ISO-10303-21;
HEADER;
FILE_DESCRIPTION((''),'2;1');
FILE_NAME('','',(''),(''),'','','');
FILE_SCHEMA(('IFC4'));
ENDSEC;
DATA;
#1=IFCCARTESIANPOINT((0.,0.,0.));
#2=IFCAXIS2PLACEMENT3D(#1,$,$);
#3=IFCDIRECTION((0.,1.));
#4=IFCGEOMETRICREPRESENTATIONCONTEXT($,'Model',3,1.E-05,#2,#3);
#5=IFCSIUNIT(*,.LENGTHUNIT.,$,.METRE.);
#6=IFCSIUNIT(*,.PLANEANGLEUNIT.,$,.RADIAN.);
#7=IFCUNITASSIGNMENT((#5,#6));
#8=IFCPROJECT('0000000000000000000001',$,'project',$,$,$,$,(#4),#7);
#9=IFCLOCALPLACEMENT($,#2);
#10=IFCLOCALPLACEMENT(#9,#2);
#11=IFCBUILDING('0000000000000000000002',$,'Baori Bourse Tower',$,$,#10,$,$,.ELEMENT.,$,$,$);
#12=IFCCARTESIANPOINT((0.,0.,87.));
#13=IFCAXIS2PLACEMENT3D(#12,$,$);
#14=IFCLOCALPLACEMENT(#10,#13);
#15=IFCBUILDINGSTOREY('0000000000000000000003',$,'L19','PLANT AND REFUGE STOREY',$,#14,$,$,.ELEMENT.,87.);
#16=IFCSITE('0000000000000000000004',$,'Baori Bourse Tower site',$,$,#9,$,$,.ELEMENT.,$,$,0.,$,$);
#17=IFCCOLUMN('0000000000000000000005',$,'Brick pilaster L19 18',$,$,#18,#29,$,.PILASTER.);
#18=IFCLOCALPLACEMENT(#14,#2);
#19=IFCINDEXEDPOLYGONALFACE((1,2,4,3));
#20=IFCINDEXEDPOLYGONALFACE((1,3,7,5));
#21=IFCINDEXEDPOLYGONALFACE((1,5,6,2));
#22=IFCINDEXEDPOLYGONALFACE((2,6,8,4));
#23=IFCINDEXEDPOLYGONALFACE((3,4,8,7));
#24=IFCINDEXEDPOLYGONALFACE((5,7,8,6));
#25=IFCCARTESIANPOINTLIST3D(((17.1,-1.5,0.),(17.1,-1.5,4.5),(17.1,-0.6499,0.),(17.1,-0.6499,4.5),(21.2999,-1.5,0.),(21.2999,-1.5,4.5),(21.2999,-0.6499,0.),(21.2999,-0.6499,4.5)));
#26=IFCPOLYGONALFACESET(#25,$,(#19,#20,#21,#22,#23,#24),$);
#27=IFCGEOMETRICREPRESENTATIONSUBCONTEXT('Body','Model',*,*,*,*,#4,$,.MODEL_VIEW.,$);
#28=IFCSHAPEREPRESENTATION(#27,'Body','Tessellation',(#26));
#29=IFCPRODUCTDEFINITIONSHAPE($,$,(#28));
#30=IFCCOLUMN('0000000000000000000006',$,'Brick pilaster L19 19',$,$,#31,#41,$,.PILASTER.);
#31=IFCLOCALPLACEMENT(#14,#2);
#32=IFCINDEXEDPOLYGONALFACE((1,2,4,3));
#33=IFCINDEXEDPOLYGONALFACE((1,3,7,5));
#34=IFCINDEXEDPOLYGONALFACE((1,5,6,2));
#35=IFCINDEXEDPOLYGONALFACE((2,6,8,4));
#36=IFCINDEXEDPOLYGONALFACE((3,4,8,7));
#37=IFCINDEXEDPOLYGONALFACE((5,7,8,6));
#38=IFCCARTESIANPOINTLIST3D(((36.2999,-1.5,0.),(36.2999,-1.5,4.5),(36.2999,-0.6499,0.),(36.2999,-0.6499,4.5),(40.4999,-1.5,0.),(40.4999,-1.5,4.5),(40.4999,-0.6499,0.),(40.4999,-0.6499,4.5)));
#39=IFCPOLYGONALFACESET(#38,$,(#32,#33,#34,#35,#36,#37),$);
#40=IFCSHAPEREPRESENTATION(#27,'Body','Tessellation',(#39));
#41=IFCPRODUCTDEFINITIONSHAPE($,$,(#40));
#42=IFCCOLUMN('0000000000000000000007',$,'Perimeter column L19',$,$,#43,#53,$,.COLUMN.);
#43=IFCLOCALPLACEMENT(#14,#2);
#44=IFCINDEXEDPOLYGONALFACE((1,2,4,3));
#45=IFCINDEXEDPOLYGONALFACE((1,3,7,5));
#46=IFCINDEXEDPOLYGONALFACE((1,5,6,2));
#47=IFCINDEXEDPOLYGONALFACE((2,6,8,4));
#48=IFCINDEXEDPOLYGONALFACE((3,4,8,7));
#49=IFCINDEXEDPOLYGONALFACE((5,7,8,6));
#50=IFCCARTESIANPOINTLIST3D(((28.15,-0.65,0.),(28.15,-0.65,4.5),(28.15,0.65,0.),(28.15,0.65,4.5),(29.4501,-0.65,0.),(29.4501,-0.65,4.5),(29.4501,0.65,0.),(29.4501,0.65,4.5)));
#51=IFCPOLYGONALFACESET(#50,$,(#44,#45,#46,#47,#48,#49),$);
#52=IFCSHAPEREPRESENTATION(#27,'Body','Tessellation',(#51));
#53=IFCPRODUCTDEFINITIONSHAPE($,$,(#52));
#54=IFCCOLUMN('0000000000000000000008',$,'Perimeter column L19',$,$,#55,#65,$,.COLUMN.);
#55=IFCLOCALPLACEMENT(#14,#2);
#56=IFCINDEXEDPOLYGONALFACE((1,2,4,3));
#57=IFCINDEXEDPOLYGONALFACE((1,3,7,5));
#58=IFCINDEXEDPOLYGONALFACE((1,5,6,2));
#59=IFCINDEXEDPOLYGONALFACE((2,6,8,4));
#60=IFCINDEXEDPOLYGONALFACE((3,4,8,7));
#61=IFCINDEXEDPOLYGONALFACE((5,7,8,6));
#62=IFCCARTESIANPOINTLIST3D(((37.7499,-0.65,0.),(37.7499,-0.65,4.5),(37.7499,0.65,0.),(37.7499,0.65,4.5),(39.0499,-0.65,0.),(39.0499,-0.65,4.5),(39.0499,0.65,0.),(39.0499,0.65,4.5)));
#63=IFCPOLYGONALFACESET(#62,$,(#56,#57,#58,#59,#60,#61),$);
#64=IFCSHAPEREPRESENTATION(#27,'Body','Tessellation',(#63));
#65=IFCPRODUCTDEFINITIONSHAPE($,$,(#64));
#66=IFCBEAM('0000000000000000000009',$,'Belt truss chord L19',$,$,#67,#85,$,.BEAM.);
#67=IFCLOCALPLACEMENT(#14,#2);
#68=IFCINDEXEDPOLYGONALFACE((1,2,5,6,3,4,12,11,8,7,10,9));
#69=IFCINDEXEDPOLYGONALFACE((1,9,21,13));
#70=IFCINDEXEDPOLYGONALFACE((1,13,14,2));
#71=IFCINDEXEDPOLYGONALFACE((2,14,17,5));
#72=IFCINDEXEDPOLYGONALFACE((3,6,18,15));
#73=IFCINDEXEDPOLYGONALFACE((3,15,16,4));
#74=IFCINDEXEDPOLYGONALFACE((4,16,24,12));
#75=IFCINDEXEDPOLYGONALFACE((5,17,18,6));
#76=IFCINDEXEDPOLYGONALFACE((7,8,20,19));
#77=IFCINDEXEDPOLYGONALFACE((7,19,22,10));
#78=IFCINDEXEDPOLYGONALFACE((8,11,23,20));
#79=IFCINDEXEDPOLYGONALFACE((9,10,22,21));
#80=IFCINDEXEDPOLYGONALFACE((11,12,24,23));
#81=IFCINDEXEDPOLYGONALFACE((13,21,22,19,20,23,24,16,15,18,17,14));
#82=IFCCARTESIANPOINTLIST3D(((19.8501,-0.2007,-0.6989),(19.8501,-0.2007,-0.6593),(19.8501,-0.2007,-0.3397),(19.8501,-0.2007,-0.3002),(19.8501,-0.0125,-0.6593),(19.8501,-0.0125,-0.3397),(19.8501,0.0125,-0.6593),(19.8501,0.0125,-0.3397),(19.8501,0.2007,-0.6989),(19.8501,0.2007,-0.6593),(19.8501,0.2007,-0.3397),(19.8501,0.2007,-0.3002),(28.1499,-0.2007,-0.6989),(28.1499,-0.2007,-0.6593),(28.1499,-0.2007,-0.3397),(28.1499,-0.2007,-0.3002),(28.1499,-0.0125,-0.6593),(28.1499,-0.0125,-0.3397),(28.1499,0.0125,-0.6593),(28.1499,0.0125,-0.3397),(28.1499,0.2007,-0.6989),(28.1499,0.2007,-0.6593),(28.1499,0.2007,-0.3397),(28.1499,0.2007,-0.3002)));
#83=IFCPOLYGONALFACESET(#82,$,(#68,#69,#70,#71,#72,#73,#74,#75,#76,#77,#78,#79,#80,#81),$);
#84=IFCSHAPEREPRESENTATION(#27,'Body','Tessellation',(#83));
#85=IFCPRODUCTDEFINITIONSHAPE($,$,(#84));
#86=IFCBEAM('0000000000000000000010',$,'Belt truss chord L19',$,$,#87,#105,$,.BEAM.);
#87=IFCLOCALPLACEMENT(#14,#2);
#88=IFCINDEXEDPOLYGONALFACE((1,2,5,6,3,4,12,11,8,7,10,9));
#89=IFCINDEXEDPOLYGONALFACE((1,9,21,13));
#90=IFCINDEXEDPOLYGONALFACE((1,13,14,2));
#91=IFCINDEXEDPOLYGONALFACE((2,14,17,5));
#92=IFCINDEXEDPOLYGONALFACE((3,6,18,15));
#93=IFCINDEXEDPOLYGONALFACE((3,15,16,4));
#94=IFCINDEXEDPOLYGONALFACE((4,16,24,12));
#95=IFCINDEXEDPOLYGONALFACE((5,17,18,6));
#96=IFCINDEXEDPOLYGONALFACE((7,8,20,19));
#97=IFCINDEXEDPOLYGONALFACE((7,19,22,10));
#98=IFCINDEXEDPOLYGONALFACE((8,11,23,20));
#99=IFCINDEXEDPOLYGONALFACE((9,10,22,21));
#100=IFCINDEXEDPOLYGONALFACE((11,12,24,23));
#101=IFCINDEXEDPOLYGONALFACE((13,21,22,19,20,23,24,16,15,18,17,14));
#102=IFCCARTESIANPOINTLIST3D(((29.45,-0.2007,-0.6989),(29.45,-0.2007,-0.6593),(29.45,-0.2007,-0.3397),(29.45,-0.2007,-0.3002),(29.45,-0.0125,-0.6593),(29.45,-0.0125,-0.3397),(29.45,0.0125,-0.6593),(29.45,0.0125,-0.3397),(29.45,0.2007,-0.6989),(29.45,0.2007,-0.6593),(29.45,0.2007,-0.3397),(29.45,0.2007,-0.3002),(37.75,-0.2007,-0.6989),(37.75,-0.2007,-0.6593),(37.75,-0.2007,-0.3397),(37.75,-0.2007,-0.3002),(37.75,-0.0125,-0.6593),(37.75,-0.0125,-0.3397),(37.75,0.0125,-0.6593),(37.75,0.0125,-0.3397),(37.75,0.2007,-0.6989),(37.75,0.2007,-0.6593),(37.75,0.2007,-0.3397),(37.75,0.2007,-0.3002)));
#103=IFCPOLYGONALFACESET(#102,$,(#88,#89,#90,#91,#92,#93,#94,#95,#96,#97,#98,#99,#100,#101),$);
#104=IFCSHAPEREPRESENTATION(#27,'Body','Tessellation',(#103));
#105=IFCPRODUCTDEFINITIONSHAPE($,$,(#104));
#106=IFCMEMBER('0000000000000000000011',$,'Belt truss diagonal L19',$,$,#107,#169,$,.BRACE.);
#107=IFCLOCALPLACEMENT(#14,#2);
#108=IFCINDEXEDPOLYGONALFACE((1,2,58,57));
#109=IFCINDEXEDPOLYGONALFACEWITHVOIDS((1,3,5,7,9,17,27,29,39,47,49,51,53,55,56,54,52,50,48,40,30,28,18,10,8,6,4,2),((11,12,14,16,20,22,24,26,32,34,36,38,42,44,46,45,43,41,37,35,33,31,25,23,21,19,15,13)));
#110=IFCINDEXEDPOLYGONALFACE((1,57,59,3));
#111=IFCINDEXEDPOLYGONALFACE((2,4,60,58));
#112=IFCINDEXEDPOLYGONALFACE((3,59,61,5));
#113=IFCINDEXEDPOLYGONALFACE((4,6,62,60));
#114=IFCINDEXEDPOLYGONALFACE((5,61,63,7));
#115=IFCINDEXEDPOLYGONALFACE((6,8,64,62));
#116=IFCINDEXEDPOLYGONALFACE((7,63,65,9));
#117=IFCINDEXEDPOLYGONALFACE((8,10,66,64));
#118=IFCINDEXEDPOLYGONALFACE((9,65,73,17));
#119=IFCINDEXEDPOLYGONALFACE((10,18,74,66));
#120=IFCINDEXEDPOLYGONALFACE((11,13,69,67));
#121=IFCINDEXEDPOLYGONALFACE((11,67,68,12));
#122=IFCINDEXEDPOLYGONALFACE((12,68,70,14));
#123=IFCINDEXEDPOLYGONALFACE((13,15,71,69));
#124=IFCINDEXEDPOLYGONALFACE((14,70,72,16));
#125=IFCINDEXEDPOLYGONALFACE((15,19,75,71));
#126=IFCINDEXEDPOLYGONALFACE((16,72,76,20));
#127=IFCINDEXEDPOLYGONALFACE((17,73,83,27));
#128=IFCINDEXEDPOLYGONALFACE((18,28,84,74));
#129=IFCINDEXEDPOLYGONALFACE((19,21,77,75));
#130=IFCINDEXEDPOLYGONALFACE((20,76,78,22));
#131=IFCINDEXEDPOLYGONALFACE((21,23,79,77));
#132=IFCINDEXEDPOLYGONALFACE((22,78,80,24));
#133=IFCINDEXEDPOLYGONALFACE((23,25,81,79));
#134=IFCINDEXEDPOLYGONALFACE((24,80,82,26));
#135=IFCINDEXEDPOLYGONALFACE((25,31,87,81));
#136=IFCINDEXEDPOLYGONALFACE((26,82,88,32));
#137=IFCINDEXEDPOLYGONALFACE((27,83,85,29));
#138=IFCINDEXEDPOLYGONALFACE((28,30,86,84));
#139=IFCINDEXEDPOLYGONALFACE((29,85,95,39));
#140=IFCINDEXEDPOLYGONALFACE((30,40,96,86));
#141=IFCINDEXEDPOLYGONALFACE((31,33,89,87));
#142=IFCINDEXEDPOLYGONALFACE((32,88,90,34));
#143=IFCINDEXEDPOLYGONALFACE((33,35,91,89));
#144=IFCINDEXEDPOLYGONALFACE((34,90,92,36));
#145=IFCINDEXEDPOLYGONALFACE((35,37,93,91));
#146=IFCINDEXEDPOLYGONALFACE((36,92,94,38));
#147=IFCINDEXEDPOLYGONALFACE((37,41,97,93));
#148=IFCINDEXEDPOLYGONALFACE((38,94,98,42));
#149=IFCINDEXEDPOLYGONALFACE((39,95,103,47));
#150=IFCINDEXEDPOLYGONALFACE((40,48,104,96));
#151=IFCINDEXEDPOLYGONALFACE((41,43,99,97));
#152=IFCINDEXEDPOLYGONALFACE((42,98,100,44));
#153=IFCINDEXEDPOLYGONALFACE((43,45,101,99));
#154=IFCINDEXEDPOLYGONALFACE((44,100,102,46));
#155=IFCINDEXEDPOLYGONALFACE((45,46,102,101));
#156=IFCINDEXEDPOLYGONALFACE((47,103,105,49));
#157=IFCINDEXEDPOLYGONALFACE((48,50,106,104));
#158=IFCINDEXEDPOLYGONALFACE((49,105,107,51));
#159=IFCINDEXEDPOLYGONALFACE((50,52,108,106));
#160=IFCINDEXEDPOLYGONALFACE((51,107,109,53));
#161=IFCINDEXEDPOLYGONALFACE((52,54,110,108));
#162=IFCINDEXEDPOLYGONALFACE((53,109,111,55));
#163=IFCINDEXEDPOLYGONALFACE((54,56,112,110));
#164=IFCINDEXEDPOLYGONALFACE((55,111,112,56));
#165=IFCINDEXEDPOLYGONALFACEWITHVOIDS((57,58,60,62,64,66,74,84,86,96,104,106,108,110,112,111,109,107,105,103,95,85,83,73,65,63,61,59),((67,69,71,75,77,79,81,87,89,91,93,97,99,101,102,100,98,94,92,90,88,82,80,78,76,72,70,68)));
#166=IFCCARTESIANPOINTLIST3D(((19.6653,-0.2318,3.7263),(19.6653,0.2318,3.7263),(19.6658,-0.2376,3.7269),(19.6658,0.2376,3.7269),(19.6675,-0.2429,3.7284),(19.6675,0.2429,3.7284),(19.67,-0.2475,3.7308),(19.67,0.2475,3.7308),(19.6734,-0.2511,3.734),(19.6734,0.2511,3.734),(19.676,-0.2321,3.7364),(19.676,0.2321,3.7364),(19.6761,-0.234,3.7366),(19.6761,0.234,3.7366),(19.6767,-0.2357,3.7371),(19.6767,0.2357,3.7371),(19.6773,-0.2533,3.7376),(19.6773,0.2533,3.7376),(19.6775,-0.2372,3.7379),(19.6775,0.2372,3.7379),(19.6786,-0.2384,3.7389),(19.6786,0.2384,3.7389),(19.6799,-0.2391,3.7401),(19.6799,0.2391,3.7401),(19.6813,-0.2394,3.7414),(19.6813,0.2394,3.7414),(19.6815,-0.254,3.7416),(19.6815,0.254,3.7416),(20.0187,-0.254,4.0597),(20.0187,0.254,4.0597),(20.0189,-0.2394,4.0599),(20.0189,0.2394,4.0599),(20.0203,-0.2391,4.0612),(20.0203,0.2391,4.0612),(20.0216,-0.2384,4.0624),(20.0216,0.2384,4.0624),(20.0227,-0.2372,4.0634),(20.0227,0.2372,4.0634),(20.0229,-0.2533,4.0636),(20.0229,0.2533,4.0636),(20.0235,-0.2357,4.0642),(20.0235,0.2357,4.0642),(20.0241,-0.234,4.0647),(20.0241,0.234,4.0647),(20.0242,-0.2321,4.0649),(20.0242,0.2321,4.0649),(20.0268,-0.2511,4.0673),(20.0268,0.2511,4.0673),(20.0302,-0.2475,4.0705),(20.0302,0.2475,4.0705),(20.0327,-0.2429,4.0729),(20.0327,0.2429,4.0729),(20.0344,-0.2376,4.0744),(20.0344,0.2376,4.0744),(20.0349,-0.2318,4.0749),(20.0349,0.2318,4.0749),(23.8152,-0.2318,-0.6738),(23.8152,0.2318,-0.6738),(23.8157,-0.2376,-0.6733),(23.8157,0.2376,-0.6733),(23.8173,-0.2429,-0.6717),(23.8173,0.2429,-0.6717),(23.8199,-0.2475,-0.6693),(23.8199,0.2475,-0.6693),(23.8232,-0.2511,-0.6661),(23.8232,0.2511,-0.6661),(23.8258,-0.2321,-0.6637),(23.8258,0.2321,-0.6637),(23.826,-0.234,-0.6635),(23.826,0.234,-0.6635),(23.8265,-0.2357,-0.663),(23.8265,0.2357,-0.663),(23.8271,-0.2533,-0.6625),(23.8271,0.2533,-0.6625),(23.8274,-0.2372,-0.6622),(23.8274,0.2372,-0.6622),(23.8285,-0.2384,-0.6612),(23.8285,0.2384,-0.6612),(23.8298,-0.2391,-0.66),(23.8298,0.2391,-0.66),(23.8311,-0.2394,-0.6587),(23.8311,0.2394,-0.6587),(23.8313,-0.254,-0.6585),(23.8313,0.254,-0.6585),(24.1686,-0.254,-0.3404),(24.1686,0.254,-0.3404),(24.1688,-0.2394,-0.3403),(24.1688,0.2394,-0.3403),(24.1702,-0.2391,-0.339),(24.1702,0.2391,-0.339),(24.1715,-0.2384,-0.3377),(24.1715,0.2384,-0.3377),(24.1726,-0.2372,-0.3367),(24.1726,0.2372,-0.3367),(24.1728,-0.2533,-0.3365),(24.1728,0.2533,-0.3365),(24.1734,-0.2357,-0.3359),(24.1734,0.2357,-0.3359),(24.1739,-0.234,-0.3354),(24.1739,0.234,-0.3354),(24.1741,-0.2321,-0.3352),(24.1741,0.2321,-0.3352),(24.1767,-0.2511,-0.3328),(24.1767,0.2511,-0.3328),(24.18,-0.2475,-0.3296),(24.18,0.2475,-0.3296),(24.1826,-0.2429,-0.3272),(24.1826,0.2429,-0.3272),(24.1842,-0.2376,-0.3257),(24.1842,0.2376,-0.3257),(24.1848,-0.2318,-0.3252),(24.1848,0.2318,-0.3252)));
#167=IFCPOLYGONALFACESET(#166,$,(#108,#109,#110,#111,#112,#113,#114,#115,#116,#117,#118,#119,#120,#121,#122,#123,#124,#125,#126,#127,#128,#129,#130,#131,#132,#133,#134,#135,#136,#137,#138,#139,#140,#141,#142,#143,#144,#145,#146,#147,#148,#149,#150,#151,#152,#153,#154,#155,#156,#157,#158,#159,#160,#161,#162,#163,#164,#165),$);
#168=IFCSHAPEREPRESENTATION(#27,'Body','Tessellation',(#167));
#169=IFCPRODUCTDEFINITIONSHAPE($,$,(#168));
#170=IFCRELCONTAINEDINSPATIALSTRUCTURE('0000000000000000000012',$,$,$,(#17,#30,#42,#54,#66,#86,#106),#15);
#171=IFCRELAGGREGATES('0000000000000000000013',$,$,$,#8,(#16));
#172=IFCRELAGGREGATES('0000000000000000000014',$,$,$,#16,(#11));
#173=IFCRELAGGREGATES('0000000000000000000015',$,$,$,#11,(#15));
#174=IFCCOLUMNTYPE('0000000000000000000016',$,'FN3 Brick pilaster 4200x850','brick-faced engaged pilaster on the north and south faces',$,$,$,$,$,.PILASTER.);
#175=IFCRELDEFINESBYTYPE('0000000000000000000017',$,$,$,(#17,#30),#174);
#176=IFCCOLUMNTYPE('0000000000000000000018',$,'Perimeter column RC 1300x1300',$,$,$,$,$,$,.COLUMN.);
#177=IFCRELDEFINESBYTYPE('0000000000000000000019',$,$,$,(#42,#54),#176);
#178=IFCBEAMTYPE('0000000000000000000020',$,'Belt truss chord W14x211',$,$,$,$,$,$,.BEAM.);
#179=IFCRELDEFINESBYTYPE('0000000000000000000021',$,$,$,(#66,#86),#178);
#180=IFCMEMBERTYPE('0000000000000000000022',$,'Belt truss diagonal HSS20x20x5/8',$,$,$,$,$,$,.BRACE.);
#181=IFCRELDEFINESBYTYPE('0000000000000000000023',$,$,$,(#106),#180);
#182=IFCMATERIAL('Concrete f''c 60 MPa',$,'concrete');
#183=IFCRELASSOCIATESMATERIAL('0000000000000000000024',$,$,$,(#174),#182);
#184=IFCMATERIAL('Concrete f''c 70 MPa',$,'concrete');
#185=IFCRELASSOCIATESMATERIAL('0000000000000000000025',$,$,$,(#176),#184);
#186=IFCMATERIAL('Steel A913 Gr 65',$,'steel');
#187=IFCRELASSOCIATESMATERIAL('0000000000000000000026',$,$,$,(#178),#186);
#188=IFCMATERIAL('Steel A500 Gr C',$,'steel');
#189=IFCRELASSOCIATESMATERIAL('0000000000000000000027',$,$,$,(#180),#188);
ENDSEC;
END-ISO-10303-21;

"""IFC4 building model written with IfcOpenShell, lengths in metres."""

from ifc_helpers import new_model, si_unit, direction, frame, origin, origin_2d, place, context, subcontext, project, spatial, rectangle, hollow_rectangle, i_section, extrude, material, material_profile, profile_set, type_object, element, save


model = new_model("IFC4")

# Units and contexts
model_context = context("Model", 3, precision=1e-05, world=origin(), true_north=direction((0.0, 1.0)))
body_context = subcontext(model_context, "Body", "Model", "MODEL_VIEW")
ifc_project = project(units=[si_unit("LENGTHUNIT", "METRE"), si_unit("PLANEANGLEUNIT", "RADIAN")], contexts=[model_context])

# Site, building, storey
site_placement = place(None, origin())
site = spatial("IfcSite", under=ifc_project, at=site_placement, Name="Baori Bourse Tower site", CompositionType="ELEMENT", RefElevation=0.0)
building_placement = place(site_placement, origin())
building = spatial("IfcBuilding", under=site, at=building_placement, Name="Baori Bourse Tower", CompositionType="ELEMENT")
storey_placement = place(building_placement, frame((0.0, 0.0, 87.0)))
storey = spatial("IfcBuildingStorey", under=building, at=storey_placement, Name="L19", Description="PLANT AND REFUGE STOREY", CompositionType="ELEMENT", Elevation=87.0)

# Columns
ifc_material_1 = material(Name="Concrete f'c 60 MPa", Category="concrete")
ifc_material_profile_1 = material_profile(ifc_material_1, rectangle(XDim=4.2, YDim=0.8501, at=origin_2d()), Name="RC 4200x850")
ifc_profile_set_1 = profile_set([ifc_material_profile_1], Name="Concrete f'c 60 MPa")
column_type_1 = type_object("IfcColumnType", Name="FN3 Brick pilaster 4200x850", Description="brick-faced engaged pilaster on the north and south faces", PredefinedType="PILASTER", material=ifc_profile_set_1)
for number, where, z_axis, x_axis, name in (
    (1, (19.2, -1.075, 0.0), (0.0, 0.0, 1.0), (1.0, 0.0, 0.0), "Brick pilaster L19 18"),
    (2, (38.3999, -1.075, 0.0), (0.0, 0.0, 1.0), (1.0, 0.0, 0.0), "Brick pilaster L19 19"),
):
    element("IfcColumn", number, at=place(storey_placement, frame(where, z_axis=z_axis, x_axis=x_axis)), inside=storey, type_object=column_type_1, Name=name, PredefinedType="PILASTER", context=body_context, shape_type="SweptSolid", body=[
        extrude(rectangle(XDim=4.2, YDim=0.8501, at=origin_2d()), origin(), (0.0, 0.0, 1.0), 4.5),
    ])
ifc_material_2 = material(Name="Concrete f'c 70 MPa", Category="concrete")
ifc_material_profile_2 = material_profile(ifc_material_2, rectangle(XDim=1.3, YDim=1.3, at=origin_2d()), Name="RC 1300x1300")
ifc_profile_set_2 = profile_set([ifc_material_profile_2], Name="Concrete f'c 70 MPa")
column_type_2 = type_object("IfcColumnType", Name="Perimeter column RC 1300x1300", PredefinedType="COLUMN", material=ifc_profile_set_2)
for number, where, z_axis, x_axis, name in (
    (3, (28.8, 0.0, 0.0), (0.0, 0.0, 1.0), (1.0, 0.0, 0.0), "Perimeter column L19"),
    (4, (38.3999, 0.0, 0.0), (0.0, 0.0, 1.0), (1.0, 0.0, 0.0), "Perimeter column L19"),
):
    element("IfcColumn", number, at=place(storey_placement, frame(where, z_axis=z_axis, x_axis=x_axis)), inside=storey, type_object=column_type_2, Name=name, PredefinedType="COLUMN", context=body_context, shape_type="SweptSolid", body=[
        extrude(rectangle(XDim=1.3, YDim=1.3, at=origin_2d()), origin(), (0.0, 0.0, 1.0), 4.5),
    ])

# Beams
ifc_material_3 = material(Name="Steel A913 Gr 65", Category="steel")
ifc_material_profile_3 = material_profile(ifc_material_3, i_section(OverallWidth=0.4014, OverallDepth=0.3987, WebThickness=0.0249, FlangeThickness=0.0396, at=origin_2d()), Name="W14x211")
ifc_profile_set_3 = profile_set([ifc_material_profile_3], Name="Steel A913 Gr 65")
beam_type = type_object("IfcBeamType", Name="Belt truss chord W14x211", PredefinedType="BEAM", material=ifc_profile_set_3)
beam_1_placement = place(storey_placement, frame((19.8501, 0.0, -0.4995), z_axis=(1.0, 0.0, 0.0), x_axis=(0.0, 1.0, 0.0)))
element("IfcBeam", 5, at=beam_1_placement, inside=storey, type_object=beam_type, Name="Belt truss chord L19", PredefinedType="BEAM", context=body_context, shape_type="SweptSolid", body=[
    extrude(i_section(OverallWidth=0.4014, OverallDepth=0.3987, WebThickness=0.0249, FlangeThickness=0.0396, at=origin_2d()), origin(), (0.0, 0.0, 1.0), 8.2998),
])
beam_2_placement = place(storey_placement, frame((29.45, 0.0, -0.4995), z_axis=(1.0, 0.0, 0.0), x_axis=(0.0, 1.0, 0.0)))
element("IfcBeam", 6, at=beam_2_placement, inside=storey, type_object=beam_type, Name="Belt truss chord L19", PredefinedType="BEAM", context=body_context, shape_type="SweptSolid", body=[
    extrude(i_section(OverallWidth=0.4014, OverallDepth=0.3987, WebThickness=0.0249, FlangeThickness=0.0396, at=origin_2d()), origin(), (0.0, 0.0, 1.0), 8.3),
])

# Member
ifc_material_4 = material(Name="Steel A500 Gr C", Category="steel")
ifc_material_profile_4 = material_profile(ifc_material_4, hollow_rectangle(XDim=0.5081, YDim=0.5081, WallThickness=0.0146, InnerFilletRadius=0.0073, OuterFilletRadius=0.0222, at=origin_2d()), Name="HSS20x20x5/8")
ifc_profile_set_4 = profile_set([ifc_material_profile_4], Name="Steel A500 Gr C")
member_type_1 = type_object("IfcMemberType", Name="Belt truss diagonal HSS20x20x5/8", PredefinedType="BRACE", material=ifc_profile_set_4)
for number, where, z_axis, x_axis, name in (
    (7, (19.8501, 0.0, 3.9006), (0.686117, 0.0, -0.727491), (0.0, 1.0, 0.0), "Belt truss diagonal L19"),
):
    element("IfcMember", number, at=place(storey_placement, frame(where, z_axis=z_axis, x_axis=x_axis)), inside=storey, type_object=member_type_1, Name=name, PredefinedType="BRACE", context=body_context, shape_type="SweptSolid", body=[
        extrude(hollow_rectangle(XDim=0.5081, YDim=0.5081, WallThickness=0.0146, InnerFilletRadius=0.0073, OuterFilletRadius=0.0222, at=origin_2d()), origin(), (0.0, 0.0, 1.0), 6.0483),
    ])

save(model, "model.ifc")
